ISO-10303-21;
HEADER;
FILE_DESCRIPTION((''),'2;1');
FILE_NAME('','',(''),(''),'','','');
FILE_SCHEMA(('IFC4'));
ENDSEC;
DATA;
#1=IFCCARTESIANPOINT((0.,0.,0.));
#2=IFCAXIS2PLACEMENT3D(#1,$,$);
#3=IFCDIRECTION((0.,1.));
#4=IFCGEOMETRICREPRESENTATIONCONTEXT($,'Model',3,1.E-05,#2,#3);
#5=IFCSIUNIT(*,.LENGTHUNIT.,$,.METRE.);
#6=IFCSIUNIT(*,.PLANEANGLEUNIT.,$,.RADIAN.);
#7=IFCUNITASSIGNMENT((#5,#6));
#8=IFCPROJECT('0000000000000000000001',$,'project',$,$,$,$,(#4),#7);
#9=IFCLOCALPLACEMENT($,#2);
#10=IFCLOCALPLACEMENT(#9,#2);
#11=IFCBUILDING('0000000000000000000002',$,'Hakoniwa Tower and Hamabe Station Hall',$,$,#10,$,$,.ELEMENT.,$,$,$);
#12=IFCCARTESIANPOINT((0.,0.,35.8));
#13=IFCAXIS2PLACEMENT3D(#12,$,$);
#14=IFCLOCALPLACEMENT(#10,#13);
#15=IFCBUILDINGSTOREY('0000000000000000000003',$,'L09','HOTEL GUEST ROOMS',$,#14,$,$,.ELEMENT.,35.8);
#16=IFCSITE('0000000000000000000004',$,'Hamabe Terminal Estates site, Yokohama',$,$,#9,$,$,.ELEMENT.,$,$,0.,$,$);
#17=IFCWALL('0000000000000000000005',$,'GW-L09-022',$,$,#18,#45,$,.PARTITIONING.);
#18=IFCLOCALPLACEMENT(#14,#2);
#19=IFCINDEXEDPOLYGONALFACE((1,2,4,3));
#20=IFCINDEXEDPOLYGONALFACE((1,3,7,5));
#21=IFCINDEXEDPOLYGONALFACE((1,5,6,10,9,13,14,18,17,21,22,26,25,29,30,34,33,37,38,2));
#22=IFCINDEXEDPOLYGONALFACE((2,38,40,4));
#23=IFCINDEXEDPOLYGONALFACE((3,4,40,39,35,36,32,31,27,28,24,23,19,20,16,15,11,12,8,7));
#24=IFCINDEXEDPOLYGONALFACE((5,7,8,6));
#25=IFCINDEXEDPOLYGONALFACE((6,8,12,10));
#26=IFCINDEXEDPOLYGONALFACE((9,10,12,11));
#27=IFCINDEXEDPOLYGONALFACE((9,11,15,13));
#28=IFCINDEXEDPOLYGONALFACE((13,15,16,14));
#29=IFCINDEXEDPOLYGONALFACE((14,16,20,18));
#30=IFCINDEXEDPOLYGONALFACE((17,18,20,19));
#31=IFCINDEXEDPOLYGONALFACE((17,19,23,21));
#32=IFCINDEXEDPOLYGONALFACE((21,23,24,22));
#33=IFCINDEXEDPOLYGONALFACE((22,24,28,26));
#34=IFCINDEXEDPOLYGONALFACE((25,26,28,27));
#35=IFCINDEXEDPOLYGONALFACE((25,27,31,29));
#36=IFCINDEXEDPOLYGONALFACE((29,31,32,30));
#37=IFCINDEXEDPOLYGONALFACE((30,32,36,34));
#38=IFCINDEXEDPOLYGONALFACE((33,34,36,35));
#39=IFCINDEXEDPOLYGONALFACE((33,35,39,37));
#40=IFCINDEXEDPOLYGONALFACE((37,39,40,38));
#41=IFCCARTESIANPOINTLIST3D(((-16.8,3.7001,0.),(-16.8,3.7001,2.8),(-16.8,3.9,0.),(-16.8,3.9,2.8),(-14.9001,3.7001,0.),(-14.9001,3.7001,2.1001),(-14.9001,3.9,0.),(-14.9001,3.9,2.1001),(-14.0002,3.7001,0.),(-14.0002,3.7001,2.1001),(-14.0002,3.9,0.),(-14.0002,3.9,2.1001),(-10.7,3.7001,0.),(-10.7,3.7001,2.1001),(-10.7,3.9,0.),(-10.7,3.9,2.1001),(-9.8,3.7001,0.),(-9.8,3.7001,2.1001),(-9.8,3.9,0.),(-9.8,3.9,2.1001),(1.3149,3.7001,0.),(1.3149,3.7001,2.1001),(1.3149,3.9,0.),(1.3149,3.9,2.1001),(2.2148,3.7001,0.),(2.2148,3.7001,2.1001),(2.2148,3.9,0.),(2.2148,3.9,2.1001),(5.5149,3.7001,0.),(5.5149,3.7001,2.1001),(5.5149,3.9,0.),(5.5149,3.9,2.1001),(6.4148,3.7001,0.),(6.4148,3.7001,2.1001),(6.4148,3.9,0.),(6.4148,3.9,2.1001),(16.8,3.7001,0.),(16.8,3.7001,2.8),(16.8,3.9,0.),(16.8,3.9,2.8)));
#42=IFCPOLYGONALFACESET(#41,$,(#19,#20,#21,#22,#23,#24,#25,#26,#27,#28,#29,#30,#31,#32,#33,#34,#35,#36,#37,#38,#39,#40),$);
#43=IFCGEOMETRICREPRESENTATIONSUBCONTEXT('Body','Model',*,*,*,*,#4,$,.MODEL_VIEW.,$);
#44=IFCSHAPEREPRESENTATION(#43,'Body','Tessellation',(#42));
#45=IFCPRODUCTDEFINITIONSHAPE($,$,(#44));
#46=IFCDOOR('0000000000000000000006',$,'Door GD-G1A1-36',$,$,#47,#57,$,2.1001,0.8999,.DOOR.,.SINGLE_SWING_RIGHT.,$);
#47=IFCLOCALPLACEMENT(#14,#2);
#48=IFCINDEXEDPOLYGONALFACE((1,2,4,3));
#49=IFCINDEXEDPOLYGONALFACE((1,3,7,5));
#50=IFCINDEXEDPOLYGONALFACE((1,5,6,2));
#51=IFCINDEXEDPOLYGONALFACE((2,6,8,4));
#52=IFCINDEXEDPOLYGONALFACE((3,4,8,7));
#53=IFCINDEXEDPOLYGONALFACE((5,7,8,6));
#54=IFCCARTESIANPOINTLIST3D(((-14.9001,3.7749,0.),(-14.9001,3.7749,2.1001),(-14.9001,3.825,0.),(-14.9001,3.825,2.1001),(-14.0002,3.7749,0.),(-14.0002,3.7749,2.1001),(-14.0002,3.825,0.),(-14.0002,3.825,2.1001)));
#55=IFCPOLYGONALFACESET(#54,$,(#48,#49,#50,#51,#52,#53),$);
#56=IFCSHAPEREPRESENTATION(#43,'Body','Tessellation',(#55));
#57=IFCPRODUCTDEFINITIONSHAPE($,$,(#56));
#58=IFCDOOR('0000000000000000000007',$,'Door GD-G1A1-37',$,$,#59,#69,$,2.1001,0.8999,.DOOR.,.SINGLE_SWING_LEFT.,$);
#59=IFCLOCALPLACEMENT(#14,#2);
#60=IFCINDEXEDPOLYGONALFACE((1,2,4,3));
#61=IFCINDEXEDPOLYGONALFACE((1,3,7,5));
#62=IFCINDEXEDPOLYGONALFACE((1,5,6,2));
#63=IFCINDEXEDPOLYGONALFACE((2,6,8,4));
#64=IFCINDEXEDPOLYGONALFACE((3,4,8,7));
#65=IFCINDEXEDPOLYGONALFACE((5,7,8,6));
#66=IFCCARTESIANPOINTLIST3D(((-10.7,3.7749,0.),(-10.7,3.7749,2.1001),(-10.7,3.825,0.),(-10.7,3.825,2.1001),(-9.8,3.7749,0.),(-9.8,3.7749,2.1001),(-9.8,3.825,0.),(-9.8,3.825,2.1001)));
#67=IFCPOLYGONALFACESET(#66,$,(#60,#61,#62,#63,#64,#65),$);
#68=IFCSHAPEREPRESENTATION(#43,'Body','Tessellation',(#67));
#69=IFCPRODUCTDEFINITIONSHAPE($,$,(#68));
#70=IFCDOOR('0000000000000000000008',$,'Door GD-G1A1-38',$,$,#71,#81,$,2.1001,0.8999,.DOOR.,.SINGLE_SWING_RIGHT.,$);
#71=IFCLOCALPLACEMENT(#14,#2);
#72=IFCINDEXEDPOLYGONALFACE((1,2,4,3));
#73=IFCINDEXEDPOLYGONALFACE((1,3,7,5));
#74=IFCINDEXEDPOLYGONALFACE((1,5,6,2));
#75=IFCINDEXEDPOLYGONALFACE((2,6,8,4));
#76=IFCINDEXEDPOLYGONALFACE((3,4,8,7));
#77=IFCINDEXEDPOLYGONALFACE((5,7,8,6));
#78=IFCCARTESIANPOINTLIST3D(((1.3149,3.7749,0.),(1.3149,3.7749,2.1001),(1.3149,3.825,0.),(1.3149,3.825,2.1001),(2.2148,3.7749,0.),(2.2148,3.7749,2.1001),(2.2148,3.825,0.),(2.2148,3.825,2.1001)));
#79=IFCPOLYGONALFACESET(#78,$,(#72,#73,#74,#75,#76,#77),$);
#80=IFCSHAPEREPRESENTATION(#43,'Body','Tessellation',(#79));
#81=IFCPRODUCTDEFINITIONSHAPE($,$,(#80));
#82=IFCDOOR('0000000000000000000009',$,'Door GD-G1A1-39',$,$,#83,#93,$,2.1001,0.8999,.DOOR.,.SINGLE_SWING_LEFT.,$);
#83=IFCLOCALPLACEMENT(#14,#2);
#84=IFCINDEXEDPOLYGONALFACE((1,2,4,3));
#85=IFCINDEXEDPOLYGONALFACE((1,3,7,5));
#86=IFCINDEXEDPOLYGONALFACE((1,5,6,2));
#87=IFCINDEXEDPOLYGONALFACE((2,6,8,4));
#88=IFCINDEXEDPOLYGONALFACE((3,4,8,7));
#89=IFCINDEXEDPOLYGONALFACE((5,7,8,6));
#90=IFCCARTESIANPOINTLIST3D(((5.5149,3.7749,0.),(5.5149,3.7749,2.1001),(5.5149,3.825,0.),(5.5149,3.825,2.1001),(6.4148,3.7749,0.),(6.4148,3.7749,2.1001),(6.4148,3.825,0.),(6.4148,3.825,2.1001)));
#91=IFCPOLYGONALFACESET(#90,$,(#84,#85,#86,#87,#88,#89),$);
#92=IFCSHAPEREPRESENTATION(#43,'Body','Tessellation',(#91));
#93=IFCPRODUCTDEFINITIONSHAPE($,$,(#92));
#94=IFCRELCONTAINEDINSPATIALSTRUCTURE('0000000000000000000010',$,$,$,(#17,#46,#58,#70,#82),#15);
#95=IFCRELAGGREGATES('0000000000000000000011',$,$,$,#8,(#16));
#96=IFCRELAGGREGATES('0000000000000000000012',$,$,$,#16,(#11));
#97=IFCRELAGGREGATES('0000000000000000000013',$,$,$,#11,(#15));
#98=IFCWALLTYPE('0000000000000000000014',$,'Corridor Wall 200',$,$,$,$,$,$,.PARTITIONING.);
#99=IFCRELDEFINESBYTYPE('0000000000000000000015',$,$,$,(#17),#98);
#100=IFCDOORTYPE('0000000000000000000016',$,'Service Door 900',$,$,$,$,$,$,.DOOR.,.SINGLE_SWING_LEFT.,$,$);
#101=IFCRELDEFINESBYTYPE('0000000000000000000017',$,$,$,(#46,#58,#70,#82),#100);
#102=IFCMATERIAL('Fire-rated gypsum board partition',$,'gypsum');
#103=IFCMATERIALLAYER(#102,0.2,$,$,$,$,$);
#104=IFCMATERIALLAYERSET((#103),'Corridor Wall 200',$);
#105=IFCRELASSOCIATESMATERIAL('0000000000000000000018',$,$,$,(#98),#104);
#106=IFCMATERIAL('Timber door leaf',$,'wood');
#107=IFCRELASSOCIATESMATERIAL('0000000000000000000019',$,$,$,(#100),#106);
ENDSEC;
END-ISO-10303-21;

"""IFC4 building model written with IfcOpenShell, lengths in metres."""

from ifc_helpers import new_model, si_unit, direction, frame, frame_2d, origin, place, context, subcontext, project, spatial, rectangle, extrude, material, layer, layer_set, type_object, element, fill, save


model = new_model("IFC4")

# Units and contexts
model_context = context("Model", 3, precision=1e-05, world=origin(), true_north=direction((0.0, 1.0)))
body_context = subcontext(model_context, "Body", "Model", "MODEL_VIEW")
ifc_project = project(units=[si_unit("LENGTHUNIT", "METRE"), si_unit("PLANEANGLEUNIT", "RADIAN")], contexts=[model_context])

# Site, building, storey
site_placement = place(None, origin())
site = spatial("IfcSite", under=ifc_project, at=site_placement, Name="Hamabe Terminal Estates site, Yokohama", CompositionType="ELEMENT", RefElevation=0.0)
building_placement = place(site_placement, origin())
building = spatial("IfcBuilding", under=site, at=building_placement, Name="Hakoniwa Tower and Hamabe Station Hall", CompositionType="ELEMENT")
storey_placement = place(building_placement, frame((0.0, 0.0, 35.8)))
storey = spatial("IfcBuildingStorey", under=building, at=storey_placement, Name="L09", Description="HOTEL GUEST ROOMS", CompositionType="ELEMENT", Elevation=35.8)

# Wall, openings, doors
ifc_material_1 = material(Name="Fire-rated gypsum board partition", Category="gypsum")
ifc_layer_1 = layer(ifc_material_1, 0.2)
ifc_layer_set_1 = layer_set([ifc_layer_1], Name="Corridor Wall 200")
wall_type_1 = type_object("IfcWallType", Name="Corridor Wall 200", PredefinedType="PARTITIONING", material=ifc_layer_set_1)
wall_1_placement = place(storey_placement, frame((-16.8, 3.8, 0.0), z_axis=(0.0, 0.0, 1.0), x_axis=(1.0, 0.0, 0.0)))
wall_1 = element("IfcWall", 1, at=wall_1_placement, inside=storey, type_object=wall_type_1, Name="GW-L09-022", PredefinedType="PARTITIONING", context=body_context, shape_type="SweptSolid", body=[
    extrude(rectangle(XDim=33.6001, YDim=0.2, at=frame_2d((16.8, 0.0))), origin(), (0.0, 0.0, 1.0), 2.8),
])
opening_1_placement = place(wall_1_placement, frame((1.8999, 0.0, 0.0)))
opening_1 = element("IfcOpeningElement", 2, at=opening_1_placement, cuts=wall_1, PredefinedType="OPENING", context=body_context, shape_type="SweptSolid", body=[
    extrude(rectangle(XDim=0.8999, YDim=2.1001, at=frame_2d((0.45, 1.05))), frame((0.0, 0.1099, 0.0), z_axis=(0.0, -1.0, 0.0), x_axis=(1.0, 0.0, 0.0)), (0.0, 0.0, 1.0), 0.22),
])
opening_2_placement = place(wall_1_placement, frame((6.1001, 0.0, 0.0)))
opening_2 = element("IfcOpeningElement", 3, at=opening_2_placement, cuts=wall_1, PredefinedType="OPENING", context=body_context, shape_type="SweptSolid", body=[
    extrude(rectangle(XDim=0.8999, YDim=2.1001, at=frame_2d((0.45, 1.05))), frame((0.0, 0.1099, 0.0), z_axis=(0.0, -1.0, 0.0), x_axis=(1.0, 0.0, 0.0)), (0.0, 0.0, 1.0), 0.22),
])
opening_3_placement = place(wall_1_placement, frame((18.115, 0.0, 0.0)))
opening_3 = element("IfcOpeningElement", 4, at=opening_3_placement, cuts=wall_1, PredefinedType="OPENING", context=body_context, shape_type="SweptSolid", body=[
    extrude(rectangle(XDim=0.8999, YDim=2.1001, at=frame_2d((0.45, 1.05))), frame((0.0, 0.1099, 0.0), z_axis=(0.0, -1.0, 0.0), x_axis=(1.0, 0.0, 0.0)), (0.0, 0.0, 1.0), 0.22),
])
opening_4_placement = place(wall_1_placement, frame((22.3149, 0.0, 0.0)))
opening_4 = element("IfcOpeningElement", 5, at=opening_4_placement, cuts=wall_1, PredefinedType="OPENING", context=body_context, shape_type="SweptSolid", body=[
    extrude(rectangle(XDim=0.8999, YDim=2.1001, at=frame_2d((0.45, 1.05))), frame((0.0, 0.1099, 0.0), z_axis=(0.0, -1.0, 0.0), x_axis=(1.0, 0.0, 0.0)), (0.0, 0.0, 1.0), 0.22),
])
ifc_material_2 = material(Name="Timber door leaf", Category="wood")
door_type_1 = type_object("IfcDoorType", Name="Service Door 900", OperationType="SINGLE_SWING_LEFT", PredefinedType="DOOR", material=ifc_material_2)
door_1_placement = place(opening_1_placement, origin())
door_1 = element("IfcDoor", 6, at=door_1_placement, inside=storey, type_object=door_type_1, Name="Door GD-G1A1-36", OperationType="SINGLE_SWING_RIGHT", OverallHeight=2.1001, OverallWidth=0.8999, PredefinedType="DOOR", context=body_context, shape_type="SweptSolid", body=[
    extrude(rectangle(XDim=0.8999, YDim=2.1001, at=frame_2d((0.45, 1.05))), frame((0.0, 0.0249, 0.0), z_axis=(0.0, -1.0, 0.0), x_axis=(1.0, 0.0, 0.0)), (0.0, 0.0, 1.0), 0.05),
])
fill(opening_1, door_1)
door_2_placement = place(opening_2_placement, origin())
door_2 = element("IfcDoor", 7, at=door_2_placement, inside=storey, type_object=door_type_1, Name="Door GD-G1A1-37", OperationType="SINGLE_SWING_LEFT", OverallHeight=2.1001, OverallWidth=0.8999, PredefinedType="DOOR", context=body_context, shape_type="SweptSolid", body=[
    extrude(rectangle(XDim=0.8999, YDim=2.1001, at=frame_2d((0.45, 1.05))), frame((0.0, 0.0249, 0.0), z_axis=(0.0, -1.0, 0.0), x_axis=(1.0, 0.0, 0.0)), (0.0, 0.0, 1.0), 0.05),
])
fill(opening_2, door_2)
door_3_placement = place(opening_3_placement, origin())
door_3 = element("IfcDoor", 8, at=door_3_placement, inside=storey, type_object=door_type_1, Name="Door GD-G1A1-38", OperationType="SINGLE_SWING_RIGHT", OverallHeight=2.1001, OverallWidth=0.8999, PredefinedType="DOOR", context=body_context, shape_type="SweptSolid", body=[
    extrude(rectangle(XDim=0.8999, YDim=2.1001, at=frame_2d((0.45, 1.05))), frame((0.0, 0.0249, 0.0), z_axis=(0.0, -1.0, 0.0), x_axis=(1.0, 0.0, 0.0)), (0.0, 0.0, 1.0), 0.05),
])
fill(opening_3, door_3)
door_4_placement = place(opening_4_placement, origin())
door_4 = element("IfcDoor", 9, at=door_4_placement, inside=storey, type_object=door_type_1, Name="Door GD-G1A1-39", OperationType="SINGLE_SWING_LEFT", OverallHeight=2.1001, OverallWidth=0.8999, PredefinedType="DOOR", context=body_context, shape_type="SweptSolid", body=[
    extrude(rectangle(XDim=0.8999, YDim=2.1001, at=frame_2d((0.45, 1.05))), frame((0.0, 0.0249, 0.0), z_axis=(0.0, -1.0, 0.0), x_axis=(1.0, 0.0, 0.0)), (0.0, 0.0, 1.0), 0.05),
])
fill(opening_4, door_4)

save(model, "model.ifc")
